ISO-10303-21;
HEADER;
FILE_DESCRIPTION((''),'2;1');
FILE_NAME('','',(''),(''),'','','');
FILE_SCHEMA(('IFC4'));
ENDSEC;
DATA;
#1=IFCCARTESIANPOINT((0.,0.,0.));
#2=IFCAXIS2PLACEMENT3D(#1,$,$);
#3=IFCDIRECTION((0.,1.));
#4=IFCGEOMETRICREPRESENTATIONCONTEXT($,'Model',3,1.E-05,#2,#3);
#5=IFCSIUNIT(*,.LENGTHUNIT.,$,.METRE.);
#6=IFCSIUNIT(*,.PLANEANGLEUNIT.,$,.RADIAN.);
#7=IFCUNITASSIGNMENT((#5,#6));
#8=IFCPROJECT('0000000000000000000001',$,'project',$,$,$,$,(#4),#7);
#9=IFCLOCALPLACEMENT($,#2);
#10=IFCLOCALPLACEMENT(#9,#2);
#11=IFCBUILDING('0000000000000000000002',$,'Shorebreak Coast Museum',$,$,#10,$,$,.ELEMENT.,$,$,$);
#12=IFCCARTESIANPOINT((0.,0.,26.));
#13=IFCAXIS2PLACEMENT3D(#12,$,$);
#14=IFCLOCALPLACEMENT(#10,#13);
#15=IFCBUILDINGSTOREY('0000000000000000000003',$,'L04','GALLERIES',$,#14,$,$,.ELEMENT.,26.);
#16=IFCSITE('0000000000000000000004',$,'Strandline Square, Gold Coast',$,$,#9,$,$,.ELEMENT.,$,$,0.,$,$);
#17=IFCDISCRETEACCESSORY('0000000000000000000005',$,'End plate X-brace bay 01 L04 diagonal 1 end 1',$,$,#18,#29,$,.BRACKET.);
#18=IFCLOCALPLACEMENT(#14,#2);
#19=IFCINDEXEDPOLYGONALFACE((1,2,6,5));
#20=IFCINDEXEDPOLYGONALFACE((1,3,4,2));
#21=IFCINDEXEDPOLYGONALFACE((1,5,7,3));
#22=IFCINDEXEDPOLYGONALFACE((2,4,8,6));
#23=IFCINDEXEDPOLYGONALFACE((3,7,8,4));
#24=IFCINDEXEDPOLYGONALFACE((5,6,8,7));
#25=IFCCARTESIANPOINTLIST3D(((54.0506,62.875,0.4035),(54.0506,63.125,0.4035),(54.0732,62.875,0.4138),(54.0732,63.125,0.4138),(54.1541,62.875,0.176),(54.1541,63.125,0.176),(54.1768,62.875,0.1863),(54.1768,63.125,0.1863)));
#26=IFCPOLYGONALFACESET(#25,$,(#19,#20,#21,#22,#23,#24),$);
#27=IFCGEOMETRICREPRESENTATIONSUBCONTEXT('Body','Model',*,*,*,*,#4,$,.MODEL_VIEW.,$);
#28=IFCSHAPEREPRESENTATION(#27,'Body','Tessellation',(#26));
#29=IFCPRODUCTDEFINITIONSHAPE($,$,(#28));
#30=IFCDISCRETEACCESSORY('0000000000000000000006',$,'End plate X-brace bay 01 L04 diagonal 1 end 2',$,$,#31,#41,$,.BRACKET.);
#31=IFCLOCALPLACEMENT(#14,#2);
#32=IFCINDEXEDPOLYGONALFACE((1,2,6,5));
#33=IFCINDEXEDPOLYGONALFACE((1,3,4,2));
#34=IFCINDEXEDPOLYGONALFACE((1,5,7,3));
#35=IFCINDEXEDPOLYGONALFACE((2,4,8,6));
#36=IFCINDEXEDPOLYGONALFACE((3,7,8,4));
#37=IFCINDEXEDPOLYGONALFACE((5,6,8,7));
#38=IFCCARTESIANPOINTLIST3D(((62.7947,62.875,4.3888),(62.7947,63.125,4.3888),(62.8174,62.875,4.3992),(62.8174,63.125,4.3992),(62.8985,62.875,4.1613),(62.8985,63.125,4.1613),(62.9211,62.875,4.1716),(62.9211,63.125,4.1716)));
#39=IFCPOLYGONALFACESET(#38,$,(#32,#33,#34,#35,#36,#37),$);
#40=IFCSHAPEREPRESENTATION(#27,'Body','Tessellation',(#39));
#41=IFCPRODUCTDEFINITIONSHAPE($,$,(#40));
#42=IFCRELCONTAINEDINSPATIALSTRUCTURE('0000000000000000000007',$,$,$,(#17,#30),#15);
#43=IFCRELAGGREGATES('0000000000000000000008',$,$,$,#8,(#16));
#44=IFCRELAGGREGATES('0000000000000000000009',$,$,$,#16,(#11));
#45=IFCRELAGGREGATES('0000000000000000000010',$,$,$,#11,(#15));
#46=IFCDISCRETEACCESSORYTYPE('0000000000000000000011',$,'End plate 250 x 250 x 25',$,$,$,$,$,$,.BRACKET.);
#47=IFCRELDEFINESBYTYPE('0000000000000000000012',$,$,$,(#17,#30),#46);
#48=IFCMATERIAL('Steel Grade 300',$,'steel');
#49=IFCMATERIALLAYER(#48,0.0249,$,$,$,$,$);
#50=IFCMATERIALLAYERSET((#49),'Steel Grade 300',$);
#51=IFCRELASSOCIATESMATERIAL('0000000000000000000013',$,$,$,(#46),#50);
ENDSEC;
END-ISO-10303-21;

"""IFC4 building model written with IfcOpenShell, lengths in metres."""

from ifc_helpers import new_model, si_unit, direction, frame, origin, place, context, subcontext, project, spatial, polyline, outline, extrude, material, layer, layer_set, type_object, element, save


model = new_model("IFC4")

# Units and contexts
model_context = context("Model", 3, precision=1e-05, world=origin(), true_north=direction((0.0, 1.0)))
body_context = subcontext(model_context, "Body", "Model", "MODEL_VIEW")
ifc_project = project(units=[si_unit("LENGTHUNIT", "METRE"), si_unit("PLANEANGLEUNIT", "RADIAN")], contexts=[model_context])

# Site, building, storey
site_placement = place(None, origin())
site = spatial("IfcSite", under=ifc_project, at=site_placement, Name="Strandline Square, Gold Coast", CompositionType="ELEMENT", RefElevation=0.0)
building_placement = place(site_placement, origin())
building = spatial("IfcBuilding", under=site, at=building_placement, Name="Shorebreak Coast Museum", CompositionType="ELEMENT")
storey_placement = place(building_placement, frame((0.0, 0.0, 26.0)))
storey = spatial("IfcBuildingStorey", under=building, at=storey_placement, Name="L04", Description="GALLERIES", CompositionType="ELEMENT", Elevation=26.0)

# Discrete accessories
ifc_material_1 = material(Name="Steel Grade 300", Category="steel")
ifc_layer_1 = layer(ifc_material_1, 0.0249)
ifc_layer_set_1 = layer_set([ifc_layer_1], Name="Steel Grade 300")
discrete_accessory_type = type_object("IfcDiscreteAccessoryType", Name="End plate 250 x 250 x 25", PredefinedType="BRACKET", material=ifc_layer_set_1)
discrete_accessory_1_placement = place(storey_placement, frame((54.1768, 62.875, 0.1863), z_axis=(0.910233, 0.0, 0.414097), x_axis=(0.0, 1.0, 0.0)))
element("IfcDiscreteAccessory", 1, at=discrete_accessory_1_placement, inside=storey, type_object=discrete_accessory_type, Name="End plate X-brace bay 01 L04 diagonal 1 end 1", PredefinedType="BRACKET", context=body_context, shape_type="SweptSolid", body=[
    extrude(outline(polyline([(0.0, 0.0), (0.25, 0.0), (0.25, 0.25), (0.0, 0.25), (0.0, 0.0)])), origin(), (0.0, 0.0, -1.0), 0.0249),
])
discrete_accessory_2_placement = place(storey_placement, frame((62.9211, 62.875, 4.1716), z_axis=(0.909864, 0.0, 0.414906), x_axis=(0.0, 1.0, 0.0)))
element("IfcDiscreteAccessory", 2, at=discrete_accessory_2_placement, inside=storey, type_object=discrete_accessory_type, Name="End plate X-brace bay 01 L04 diagonal 1 end 2", PredefinedType="BRACKET", context=body_context, shape_type="SweptSolid", body=[
    extrude(outline(polyline([(0.0, 0.0), (0.25, 0.0), (0.25, 0.2501), (0.0, 0.2501), (0.0, 0.0)])), origin(), (0.0, 0.0, -1.0), 0.0249),
])

save(model, "model.ifc")
